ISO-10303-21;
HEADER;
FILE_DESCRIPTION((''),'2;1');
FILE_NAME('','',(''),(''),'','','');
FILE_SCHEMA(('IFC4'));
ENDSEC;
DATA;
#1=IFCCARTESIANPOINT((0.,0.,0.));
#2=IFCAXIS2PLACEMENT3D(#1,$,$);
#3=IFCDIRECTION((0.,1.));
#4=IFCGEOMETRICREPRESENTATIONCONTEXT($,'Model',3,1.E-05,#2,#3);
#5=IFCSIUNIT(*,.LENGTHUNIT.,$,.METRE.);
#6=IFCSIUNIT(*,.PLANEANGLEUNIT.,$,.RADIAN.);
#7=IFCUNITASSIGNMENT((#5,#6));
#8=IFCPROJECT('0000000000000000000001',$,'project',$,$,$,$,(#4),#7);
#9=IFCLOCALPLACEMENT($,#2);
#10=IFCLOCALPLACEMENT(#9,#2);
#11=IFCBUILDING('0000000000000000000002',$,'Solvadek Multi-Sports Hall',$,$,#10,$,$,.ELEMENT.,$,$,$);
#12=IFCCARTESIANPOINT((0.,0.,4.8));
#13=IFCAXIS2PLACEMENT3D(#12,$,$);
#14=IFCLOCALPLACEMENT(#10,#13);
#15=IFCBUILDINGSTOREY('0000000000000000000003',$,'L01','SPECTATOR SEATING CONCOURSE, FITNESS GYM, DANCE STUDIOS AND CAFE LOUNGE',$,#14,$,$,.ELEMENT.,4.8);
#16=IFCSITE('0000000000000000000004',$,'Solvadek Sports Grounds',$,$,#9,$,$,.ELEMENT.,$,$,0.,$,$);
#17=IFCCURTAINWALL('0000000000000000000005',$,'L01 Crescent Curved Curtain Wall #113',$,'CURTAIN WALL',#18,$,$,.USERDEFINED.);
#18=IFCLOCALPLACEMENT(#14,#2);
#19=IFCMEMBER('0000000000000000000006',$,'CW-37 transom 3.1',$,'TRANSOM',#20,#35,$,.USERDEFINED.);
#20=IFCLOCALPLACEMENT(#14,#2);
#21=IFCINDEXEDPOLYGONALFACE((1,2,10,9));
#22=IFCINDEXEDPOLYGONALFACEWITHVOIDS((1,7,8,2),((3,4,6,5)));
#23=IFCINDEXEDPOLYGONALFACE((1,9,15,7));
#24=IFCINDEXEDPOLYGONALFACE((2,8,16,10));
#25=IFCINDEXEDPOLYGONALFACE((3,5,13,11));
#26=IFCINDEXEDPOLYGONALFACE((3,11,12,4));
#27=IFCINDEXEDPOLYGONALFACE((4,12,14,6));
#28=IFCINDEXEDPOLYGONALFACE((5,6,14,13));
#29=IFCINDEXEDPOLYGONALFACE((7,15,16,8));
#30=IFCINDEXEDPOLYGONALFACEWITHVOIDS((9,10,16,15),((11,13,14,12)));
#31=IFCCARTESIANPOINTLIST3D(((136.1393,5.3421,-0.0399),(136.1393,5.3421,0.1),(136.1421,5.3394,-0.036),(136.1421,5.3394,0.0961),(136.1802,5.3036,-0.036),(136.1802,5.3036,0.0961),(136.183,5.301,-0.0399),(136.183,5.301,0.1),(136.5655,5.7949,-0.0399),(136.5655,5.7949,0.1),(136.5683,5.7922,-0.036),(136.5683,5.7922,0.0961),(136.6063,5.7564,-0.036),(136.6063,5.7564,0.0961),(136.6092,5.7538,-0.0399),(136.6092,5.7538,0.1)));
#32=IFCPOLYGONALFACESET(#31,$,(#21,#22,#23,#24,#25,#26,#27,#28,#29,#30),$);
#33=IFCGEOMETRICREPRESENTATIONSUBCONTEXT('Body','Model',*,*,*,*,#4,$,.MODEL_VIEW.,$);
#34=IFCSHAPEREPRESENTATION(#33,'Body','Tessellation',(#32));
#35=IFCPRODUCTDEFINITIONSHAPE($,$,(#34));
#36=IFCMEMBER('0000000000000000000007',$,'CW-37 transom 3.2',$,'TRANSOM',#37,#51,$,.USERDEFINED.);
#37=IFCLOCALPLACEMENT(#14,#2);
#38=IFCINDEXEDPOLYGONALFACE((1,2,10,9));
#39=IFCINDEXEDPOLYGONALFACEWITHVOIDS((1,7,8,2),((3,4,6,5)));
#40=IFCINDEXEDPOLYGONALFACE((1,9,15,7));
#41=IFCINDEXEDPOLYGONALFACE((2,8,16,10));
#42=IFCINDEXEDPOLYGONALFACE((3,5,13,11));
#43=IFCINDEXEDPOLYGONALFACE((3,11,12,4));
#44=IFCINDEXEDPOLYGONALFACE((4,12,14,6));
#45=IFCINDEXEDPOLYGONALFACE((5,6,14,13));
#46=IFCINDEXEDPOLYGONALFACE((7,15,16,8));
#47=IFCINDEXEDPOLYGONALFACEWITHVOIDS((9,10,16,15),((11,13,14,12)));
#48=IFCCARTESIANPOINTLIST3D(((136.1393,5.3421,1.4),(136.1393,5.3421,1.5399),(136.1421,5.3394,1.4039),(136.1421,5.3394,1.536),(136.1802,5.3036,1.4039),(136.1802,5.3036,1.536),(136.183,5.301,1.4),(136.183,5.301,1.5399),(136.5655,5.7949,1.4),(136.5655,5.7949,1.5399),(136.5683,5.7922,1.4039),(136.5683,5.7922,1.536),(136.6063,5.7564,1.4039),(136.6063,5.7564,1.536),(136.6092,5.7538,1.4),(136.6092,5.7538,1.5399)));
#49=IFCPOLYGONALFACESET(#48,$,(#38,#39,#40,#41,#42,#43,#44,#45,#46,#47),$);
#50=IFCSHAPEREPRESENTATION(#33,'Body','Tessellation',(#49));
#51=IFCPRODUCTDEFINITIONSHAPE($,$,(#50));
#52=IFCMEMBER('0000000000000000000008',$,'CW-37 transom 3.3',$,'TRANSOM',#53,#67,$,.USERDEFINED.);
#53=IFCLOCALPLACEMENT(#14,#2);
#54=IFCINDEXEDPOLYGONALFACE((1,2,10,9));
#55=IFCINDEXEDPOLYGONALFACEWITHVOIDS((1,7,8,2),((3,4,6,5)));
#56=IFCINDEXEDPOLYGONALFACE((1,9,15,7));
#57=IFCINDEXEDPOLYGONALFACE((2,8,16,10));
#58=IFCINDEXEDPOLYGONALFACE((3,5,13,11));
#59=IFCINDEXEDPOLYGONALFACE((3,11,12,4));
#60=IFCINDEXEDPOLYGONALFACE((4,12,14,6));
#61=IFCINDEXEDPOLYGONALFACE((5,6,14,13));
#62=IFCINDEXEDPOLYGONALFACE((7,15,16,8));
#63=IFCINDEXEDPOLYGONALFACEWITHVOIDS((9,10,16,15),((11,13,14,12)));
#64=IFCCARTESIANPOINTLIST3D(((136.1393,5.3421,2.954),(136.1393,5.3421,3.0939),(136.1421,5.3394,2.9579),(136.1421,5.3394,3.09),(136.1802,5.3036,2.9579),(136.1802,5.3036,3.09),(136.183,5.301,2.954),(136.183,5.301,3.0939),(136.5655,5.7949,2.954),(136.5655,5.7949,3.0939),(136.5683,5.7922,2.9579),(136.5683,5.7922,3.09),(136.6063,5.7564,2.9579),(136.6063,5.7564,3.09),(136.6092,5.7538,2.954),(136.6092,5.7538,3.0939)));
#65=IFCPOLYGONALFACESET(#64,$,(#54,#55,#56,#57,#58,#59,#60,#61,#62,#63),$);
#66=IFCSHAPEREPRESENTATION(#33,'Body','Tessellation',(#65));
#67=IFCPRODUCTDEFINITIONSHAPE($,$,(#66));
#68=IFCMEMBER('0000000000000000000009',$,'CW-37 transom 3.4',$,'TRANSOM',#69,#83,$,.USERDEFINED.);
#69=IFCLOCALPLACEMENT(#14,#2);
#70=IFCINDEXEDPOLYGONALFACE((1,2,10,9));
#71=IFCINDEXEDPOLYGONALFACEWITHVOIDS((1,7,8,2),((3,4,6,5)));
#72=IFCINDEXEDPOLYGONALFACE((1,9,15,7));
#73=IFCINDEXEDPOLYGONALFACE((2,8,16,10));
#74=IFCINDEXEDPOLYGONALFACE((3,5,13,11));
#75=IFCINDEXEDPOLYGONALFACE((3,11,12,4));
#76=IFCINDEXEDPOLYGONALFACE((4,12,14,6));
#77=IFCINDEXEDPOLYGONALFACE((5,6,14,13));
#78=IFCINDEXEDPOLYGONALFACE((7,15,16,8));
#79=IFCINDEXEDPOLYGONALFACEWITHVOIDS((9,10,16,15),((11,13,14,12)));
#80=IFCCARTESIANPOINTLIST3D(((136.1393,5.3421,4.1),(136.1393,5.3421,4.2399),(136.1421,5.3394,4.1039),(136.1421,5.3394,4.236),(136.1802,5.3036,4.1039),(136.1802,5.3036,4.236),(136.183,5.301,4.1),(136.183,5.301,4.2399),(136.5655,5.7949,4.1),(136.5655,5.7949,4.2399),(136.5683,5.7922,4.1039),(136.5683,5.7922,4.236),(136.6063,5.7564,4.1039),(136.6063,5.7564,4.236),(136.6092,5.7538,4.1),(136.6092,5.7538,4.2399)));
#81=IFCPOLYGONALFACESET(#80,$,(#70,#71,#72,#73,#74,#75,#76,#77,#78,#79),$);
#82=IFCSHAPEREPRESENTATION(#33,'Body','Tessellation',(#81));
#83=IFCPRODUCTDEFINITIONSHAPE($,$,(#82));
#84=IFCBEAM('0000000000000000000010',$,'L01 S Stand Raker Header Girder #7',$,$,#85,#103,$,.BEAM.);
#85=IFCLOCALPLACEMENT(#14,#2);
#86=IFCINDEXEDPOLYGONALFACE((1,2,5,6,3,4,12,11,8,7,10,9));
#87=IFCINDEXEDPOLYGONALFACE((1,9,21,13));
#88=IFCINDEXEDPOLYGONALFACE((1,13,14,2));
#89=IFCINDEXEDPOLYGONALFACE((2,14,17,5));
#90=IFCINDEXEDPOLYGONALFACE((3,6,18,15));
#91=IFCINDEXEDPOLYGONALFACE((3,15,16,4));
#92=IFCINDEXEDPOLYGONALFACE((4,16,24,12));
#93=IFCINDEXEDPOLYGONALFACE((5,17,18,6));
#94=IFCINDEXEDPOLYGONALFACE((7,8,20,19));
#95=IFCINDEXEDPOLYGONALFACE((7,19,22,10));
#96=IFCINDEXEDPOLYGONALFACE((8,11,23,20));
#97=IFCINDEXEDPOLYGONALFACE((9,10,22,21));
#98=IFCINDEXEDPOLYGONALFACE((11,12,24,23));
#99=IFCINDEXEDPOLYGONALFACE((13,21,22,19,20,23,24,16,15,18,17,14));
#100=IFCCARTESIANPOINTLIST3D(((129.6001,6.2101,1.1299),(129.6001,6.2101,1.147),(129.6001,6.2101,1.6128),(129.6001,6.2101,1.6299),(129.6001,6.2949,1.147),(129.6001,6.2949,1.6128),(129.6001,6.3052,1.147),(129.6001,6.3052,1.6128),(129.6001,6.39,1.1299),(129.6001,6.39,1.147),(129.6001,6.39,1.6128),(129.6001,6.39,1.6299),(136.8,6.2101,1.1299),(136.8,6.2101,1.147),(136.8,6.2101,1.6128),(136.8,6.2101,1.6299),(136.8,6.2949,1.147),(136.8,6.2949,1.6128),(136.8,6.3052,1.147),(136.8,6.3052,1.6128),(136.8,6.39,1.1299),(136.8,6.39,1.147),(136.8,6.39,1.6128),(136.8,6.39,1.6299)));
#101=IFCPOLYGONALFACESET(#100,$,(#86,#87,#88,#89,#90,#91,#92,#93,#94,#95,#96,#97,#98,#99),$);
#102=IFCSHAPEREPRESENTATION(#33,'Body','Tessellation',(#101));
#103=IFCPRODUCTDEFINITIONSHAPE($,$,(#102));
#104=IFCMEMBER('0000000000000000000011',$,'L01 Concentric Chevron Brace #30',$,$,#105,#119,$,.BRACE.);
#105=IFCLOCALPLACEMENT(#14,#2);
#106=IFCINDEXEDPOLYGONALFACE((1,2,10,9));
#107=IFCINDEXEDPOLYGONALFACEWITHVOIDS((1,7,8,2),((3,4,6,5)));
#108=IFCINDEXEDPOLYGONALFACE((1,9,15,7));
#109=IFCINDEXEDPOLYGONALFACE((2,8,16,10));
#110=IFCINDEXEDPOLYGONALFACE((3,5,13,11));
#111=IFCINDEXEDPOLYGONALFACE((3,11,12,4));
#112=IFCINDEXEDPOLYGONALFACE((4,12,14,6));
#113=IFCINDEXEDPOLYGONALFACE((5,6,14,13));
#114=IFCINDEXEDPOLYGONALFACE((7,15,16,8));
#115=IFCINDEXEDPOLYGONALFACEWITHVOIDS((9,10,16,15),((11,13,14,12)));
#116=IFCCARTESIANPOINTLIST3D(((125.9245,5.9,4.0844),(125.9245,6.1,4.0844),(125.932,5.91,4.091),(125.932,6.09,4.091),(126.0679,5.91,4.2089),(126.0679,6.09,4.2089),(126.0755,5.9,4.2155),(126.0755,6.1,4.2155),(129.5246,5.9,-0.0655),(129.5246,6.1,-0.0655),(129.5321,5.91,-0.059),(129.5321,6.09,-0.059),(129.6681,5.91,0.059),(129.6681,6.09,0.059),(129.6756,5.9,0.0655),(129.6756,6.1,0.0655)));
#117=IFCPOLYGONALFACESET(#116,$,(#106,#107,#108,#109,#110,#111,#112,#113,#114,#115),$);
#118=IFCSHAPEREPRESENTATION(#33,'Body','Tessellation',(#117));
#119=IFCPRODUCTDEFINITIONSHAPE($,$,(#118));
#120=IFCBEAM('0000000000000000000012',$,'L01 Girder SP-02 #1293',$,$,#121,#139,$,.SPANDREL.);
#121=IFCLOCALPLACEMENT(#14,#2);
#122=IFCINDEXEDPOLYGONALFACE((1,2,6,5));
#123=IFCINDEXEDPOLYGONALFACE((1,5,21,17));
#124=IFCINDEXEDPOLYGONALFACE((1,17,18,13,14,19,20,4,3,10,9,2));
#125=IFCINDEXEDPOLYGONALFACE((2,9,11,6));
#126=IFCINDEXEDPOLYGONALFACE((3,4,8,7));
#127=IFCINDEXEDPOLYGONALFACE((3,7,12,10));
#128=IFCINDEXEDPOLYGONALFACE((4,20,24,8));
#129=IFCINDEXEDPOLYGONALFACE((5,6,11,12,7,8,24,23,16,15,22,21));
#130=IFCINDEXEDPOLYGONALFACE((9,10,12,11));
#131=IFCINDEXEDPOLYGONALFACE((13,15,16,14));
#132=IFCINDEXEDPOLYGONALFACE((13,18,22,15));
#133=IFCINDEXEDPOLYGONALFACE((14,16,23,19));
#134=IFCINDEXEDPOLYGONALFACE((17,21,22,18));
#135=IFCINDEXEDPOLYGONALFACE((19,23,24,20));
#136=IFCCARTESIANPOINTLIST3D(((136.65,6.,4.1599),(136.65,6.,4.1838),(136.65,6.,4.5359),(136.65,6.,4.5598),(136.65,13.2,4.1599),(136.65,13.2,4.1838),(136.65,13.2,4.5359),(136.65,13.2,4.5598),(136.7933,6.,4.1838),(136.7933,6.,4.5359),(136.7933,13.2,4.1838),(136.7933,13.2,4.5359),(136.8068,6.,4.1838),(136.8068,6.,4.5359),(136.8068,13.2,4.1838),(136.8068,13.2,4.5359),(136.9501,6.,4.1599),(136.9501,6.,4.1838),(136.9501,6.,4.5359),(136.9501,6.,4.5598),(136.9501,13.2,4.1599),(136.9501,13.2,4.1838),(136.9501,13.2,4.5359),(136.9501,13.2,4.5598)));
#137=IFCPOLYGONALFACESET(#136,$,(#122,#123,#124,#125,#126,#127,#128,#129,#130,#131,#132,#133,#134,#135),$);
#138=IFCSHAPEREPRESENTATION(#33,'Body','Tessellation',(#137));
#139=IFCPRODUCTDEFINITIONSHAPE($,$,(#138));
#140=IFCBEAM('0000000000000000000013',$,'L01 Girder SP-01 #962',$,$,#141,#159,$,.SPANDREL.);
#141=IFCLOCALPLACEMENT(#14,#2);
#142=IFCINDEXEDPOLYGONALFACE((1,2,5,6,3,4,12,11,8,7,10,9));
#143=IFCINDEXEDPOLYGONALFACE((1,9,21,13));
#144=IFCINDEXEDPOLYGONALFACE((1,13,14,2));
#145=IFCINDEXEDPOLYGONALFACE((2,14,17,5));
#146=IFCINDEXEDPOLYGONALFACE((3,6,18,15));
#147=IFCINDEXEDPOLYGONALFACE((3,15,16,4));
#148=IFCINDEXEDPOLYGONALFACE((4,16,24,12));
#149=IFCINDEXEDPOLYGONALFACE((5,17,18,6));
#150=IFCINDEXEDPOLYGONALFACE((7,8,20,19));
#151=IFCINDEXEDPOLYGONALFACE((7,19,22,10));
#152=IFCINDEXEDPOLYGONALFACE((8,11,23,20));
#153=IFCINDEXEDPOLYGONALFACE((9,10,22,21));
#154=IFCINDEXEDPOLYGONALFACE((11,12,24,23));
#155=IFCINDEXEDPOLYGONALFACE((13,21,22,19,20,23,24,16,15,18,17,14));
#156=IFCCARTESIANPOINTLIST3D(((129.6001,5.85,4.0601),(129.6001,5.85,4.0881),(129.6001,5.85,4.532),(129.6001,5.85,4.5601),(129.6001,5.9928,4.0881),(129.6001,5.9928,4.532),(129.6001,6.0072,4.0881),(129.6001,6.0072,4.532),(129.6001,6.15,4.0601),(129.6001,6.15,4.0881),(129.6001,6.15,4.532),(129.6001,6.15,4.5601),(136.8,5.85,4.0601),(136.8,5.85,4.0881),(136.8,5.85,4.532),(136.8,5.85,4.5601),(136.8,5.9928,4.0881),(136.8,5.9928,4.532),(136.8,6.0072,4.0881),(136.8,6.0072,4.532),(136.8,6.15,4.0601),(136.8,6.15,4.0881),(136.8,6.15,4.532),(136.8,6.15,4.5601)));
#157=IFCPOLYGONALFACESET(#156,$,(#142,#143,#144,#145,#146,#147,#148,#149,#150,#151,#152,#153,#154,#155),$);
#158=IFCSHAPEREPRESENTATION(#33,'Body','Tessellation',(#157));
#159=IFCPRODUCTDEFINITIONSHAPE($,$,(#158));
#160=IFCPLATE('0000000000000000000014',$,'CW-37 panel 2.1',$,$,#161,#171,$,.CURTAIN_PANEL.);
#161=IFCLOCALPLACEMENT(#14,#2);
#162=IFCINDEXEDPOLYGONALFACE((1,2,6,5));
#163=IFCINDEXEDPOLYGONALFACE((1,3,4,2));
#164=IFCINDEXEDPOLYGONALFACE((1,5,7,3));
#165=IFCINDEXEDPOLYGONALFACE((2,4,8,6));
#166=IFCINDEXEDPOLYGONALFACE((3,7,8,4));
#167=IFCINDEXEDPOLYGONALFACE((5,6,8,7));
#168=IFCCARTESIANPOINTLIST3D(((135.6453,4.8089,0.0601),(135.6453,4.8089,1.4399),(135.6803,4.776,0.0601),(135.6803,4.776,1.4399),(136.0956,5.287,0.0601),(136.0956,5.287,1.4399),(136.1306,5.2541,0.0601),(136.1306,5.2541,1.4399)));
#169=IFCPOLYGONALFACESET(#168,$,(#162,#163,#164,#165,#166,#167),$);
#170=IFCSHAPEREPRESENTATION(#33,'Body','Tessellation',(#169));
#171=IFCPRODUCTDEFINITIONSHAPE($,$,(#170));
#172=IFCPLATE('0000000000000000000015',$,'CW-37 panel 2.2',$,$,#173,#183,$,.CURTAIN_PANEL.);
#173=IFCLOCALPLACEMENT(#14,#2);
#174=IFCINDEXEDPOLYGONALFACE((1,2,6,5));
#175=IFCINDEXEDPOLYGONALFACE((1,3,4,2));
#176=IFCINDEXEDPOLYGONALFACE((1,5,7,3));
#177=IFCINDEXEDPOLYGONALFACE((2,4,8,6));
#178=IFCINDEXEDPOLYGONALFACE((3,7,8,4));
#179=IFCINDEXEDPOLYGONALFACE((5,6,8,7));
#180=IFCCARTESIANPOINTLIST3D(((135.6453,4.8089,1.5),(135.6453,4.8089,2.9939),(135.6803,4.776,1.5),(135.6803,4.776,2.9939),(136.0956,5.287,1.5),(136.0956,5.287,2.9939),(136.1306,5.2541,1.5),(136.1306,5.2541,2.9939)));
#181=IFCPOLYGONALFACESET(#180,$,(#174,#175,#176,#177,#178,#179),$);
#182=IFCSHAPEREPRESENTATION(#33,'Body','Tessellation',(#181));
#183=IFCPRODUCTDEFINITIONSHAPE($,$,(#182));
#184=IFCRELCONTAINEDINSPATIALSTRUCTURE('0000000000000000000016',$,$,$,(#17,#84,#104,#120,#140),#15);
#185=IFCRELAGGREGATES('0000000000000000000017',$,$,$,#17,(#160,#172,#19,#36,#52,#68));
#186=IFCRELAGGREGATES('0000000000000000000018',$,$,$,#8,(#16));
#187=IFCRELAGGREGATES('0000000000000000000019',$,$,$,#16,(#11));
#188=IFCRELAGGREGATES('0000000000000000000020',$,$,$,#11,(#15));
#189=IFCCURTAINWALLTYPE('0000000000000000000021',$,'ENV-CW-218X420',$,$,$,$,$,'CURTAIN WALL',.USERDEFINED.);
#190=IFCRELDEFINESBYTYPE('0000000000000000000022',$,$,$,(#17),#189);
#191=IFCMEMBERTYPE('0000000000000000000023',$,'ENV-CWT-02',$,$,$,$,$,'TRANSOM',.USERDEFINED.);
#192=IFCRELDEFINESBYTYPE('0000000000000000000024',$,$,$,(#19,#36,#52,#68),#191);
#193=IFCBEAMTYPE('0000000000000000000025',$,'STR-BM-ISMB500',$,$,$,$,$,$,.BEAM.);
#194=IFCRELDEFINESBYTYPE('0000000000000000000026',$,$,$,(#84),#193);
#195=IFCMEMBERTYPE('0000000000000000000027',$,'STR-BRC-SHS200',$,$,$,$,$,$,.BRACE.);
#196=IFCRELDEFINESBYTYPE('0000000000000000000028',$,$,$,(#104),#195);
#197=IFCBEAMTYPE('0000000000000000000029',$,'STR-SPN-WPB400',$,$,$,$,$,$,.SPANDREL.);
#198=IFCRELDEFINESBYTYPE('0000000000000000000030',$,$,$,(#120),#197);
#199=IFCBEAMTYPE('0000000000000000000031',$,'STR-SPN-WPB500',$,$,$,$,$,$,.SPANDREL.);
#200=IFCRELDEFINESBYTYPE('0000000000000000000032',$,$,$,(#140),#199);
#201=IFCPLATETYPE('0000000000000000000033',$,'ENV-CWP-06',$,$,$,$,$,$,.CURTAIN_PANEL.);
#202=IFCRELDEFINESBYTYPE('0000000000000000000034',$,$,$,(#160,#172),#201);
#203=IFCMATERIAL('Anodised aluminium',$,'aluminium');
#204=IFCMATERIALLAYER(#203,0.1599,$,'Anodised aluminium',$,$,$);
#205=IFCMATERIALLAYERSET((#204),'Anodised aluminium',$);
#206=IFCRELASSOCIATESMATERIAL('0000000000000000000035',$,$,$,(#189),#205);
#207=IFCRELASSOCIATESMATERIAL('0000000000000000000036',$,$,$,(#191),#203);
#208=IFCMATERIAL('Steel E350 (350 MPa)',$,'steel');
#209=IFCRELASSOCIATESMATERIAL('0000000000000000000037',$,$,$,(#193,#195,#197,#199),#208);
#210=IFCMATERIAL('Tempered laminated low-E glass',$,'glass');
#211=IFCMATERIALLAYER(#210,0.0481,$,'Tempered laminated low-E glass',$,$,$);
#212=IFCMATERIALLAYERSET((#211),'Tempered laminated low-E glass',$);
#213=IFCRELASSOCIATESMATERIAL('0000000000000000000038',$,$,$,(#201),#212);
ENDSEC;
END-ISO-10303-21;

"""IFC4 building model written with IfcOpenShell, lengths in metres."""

from ifc_helpers import new_model, si_unit, direction, frame, origin, origin_2d, place, context, subcontext, project, spatial, rectangle, hollow_rectangle, i_section, extrude, material, layer, layer_set, material_profile, profile_set, type_object, element, aggregate, save


model = new_model("IFC4")

# Units and contexts
model_context = context("Model", 3, precision=1e-05, world=origin(), true_north=direction((0.0, 1.0)))
body_context = subcontext(model_context, "Body", "Model", "MODEL_VIEW")
ifc_project = project(units=[si_unit("LENGTHUNIT", "METRE"), si_unit("PLANEANGLEUNIT", "RADIAN")], contexts=[model_context])

# Site, building, storey
site_placement = place(None, origin())
site = spatial("IfcSite", under=ifc_project, at=site_placement, Name="Solvadek Sports Grounds", CompositionType="ELEMENT", RefElevation=0.0)
building_placement = place(site_placement, origin())
building = spatial("IfcBuilding", under=site, at=building_placement, Name="Solvadek Multi-Sports Hall", CompositionType="ELEMENT")
storey_placement = place(building_placement, frame((0.0, 0.0, 4.8)))
storey = spatial("IfcBuildingStorey", under=building, at=storey_placement, Name="L01", Description="SPECTATOR SEATING CONCOURSE, FITNESS GYM, DANCE STUDIOS AND CAFE LOUNGE", CompositionType="ELEMENT", Elevation=4.8)

# Shared definitions
ifc_material_1 = material(Name="Steel E350 (350 MPa)", Category="steel")

# Curtain wall, members
ifc_material_2 = material(Name="Anodised aluminium", Category="aluminium")
ifc_layer_1 = layer(ifc_material_2, 0.1599, Name="Anodised aluminium")
ifc_layer_set_1 = layer_set([ifc_layer_1], Name="Anodised aluminium")
curtain_wall_type = type_object("IfcCurtainWallType", Name="ENV-CW-218X420", ElementType="CURTAIN WALL", PredefinedType="USERDEFINED", material=ifc_layer_set_1)
curtain_wall_placement = place(storey_placement, origin())
curtain_wall = element("IfcCurtainWall", 1, at=curtain_wall_placement, inside=storey, type_object=curtain_wall_type, Name="L01 Crescent Curved Curtain Wall #113", ObjectType="CURTAIN WALL", PredefinedType="USERDEFINED")
ifc_material_profile_1 = material_profile(ifc_material_2, hollow_rectangle(XDim=0.0601, YDim=0.1399, WallThickness=0.0039, at=origin_2d()), Name="ALU-T 140x60x4")
ifc_profile_set_1 = profile_set([ifc_material_profile_1], Name="Anodised aluminium")
member_type_1 = type_object("IfcMemberType", Name="ENV-CWT-02", ElementType="TRANSOM", PredefinedType="USERDEFINED", material=ifc_profile_set_1)
member_1_placement = place(storey_placement, frame((136.1611, 5.3215, 0.03), z_axis=(0.685389, 0.728177, 0.0), x_axis=(-0.728177, 0.685389, 0.0)))
member_1 = element("IfcMember", 2, at=member_1_placement, type_object=member_type_1, Name="CW-37 transom 3.1", ObjectType="TRANSOM", PredefinedType="USERDEFINED", context=body_context, shape_type="SweptSolid", body=[
    extrude(hollow_rectangle(XDim=0.0601, YDim=0.1399, WallThickness=0.0039, at=origin_2d()), origin(), (0.0, 0.0, 1.0), 0.6218),
])
member_2_placement = place(storey_placement, frame((136.1611, 5.3215, 1.47), z_axis=(0.685389, 0.728177, 0.0), x_axis=(-0.728177, 0.685389, 0.0)))
member_2 = element("IfcMember", 3, at=member_2_placement, type_object=member_type_1, Name="CW-37 transom 3.2", ObjectType="TRANSOM", PredefinedType="USERDEFINED", context=body_context, shape_type="SweptSolid", body=[
    extrude(hollow_rectangle(XDim=0.0601, YDim=0.1399, WallThickness=0.0039, at=origin_2d()), origin(), (0.0, 0.0, 1.0), 0.6218),
])
member_3_placement = place(storey_placement, frame((136.1611, 5.3215, 3.0239), z_axis=(0.685389, 0.728177, 0.0), x_axis=(-0.728177, 0.685389, 0.0)))
member_3 = element("IfcMember", 4, at=member_3_placement, type_object=member_type_1, Name="CW-37 transom 3.3", ObjectType="TRANSOM", PredefinedType="USERDEFINED", context=body_context, shape_type="SweptSolid", body=[
    extrude(hollow_rectangle(XDim=0.0601, YDim=0.1399, WallThickness=0.0039, at=origin_2d()), origin(), (0.0, 0.0, 1.0), 0.6218),
])
member_4_placement = place(storey_placement, frame((136.1611, 5.3215, 4.1699), z_axis=(0.685389, 0.728177, 0.0), x_axis=(-0.728177, 0.685389, 0.0)))
member_4 = element("IfcMember", 5, at=member_4_placement, type_object=member_type_1, Name="CW-37 transom 3.4", ObjectType="TRANSOM", PredefinedType="USERDEFINED", context=body_context, shape_type="SweptSolid", body=[
    extrude(hollow_rectangle(XDim=0.0601, YDim=0.1399, WallThickness=0.0039, at=origin_2d()), origin(), (0.0, 0.0, 1.0), 0.6218),
])

# Beam
ifc_material_profile_2 = material_profile(ifc_material_1, i_section(OverallWidth=0.1799, OverallDepth=0.5, WebThickness=0.0103, FlangeThickness=0.0171, at=origin_2d()), Name="ISMB 500")
ifc_profile_set_2 = profile_set([ifc_material_profile_2], Name="Steel E350 (350 MPa)")
beam_type_1 = type_object("IfcBeamType", Name="STR-BM-ISMB500", PredefinedType="BEAM", material=ifc_profile_set_2)
beam_1_placement = place(storey_placement, frame((129.6001, 6.3, 1.3799), z_axis=(1.0, 0.0, 0.0), x_axis=(0.0, 1.0, 0.0)))
element("IfcBeam", 6, at=beam_1_placement, inside=storey, type_object=beam_type_1, Name="L01 S Stand Raker Header Girder #7", PredefinedType="BEAM", context=body_context, shape_type="SweptSolid", body=[
    extrude(i_section(OverallWidth=0.1799, OverallDepth=0.5, WebThickness=0.0103, FlangeThickness=0.0171, at=origin_2d()), origin(), (0.0, 0.0, 1.0), 7.2),
])

# Member
ifc_material_profile_3 = material_profile(ifc_material_1, hollow_rectangle(XDim=0.2, YDim=0.2, WallThickness=0.01, at=origin_2d()), Name="SHS 200x200x10")
ifc_profile_set_3 = profile_set([ifc_material_profile_3], Name="Steel E350 (350 MPa)")
member_type_2 = type_object("IfcMemberType", Name="STR-BRC-SHS200", PredefinedType="BRACE", material=ifc_profile_set_3)
member_5_placement = place(storey_placement, frame((129.6001, 6.0, 0.0), z_axis=(-0.655296, 0.0, 0.755372), x_axis=(0.0, -1.0, 0.0)))
element("IfcMember", 7, at=member_5_placement, inside=storey, type_object=member_type_2, Name="L01 Concentric Chevron Brace #30", PredefinedType="BRACE", context=body_context, shape_type="SweptSolid", body=[
    extrude(hollow_rectangle(XDim=0.2, YDim=0.2, WallThickness=0.01, at=origin_2d()), origin(), (0.0, 0.0, 1.0), 5.4939),
])

# Beams
ifc_material_profile_4 = material_profile(ifc_material_1, i_section(OverallWidth=0.3, OverallDepth=0.3999, WebThickness=0.0134, FlangeThickness=0.0239, at=origin_2d()), Name="WPB 400")
ifc_profile_set_4 = profile_set([ifc_material_profile_4], Name="Steel E350 (350 MPa)")
beam_type_2 = type_object("IfcBeamType", Name="STR-SPN-WPB400", PredefinedType="SPANDREL", material=ifc_profile_set_4)
beam_2_placement = place(storey_placement, frame((136.8, 6.0, 4.3599), z_axis=(0.0, 1.0, 0.0), x_axis=(-1.0, 0.0, 0.0)))
element("IfcBeam", 8, at=beam_2_placement, inside=storey, type_object=beam_type_2, Name="L01 Girder SP-02 #1293", PredefinedType="SPANDREL", context=body_context, shape_type="SweptSolid", body=[
    extrude(i_section(OverallWidth=0.3, OverallDepth=0.3999, WebThickness=0.0134, FlangeThickness=0.0239, at=origin_2d()), origin(), (0.0, 0.0, 1.0), 7.2),
])
ifc_material_profile_5 = material_profile(ifc_material_1, i_section(OverallWidth=0.3, OverallDepth=0.5, WebThickness=0.0144, FlangeThickness=0.0281, at=origin_2d()), Name="WPB 500")
ifc_profile_set_5 = profile_set([ifc_material_profile_5], Name="Steel E350 (350 MPa)")
beam_type_3 = type_object("IfcBeamType", Name="STR-SPN-WPB500", PredefinedType="SPANDREL", material=ifc_profile_set_5)
beam_3_placement = place(storey_placement, frame((129.6001, 6.0, 4.3101), z_axis=(1.0, 0.0, 0.0), x_axis=(0.0, 1.0, 0.0)))
element("IfcBeam", 9, at=beam_3_placement, inside=storey, type_object=beam_type_3, Name="L01 Girder SP-01 #962", PredefinedType="SPANDREL", context=body_context, shape_type="SweptSolid", body=[
    extrude(i_section(OverallWidth=0.3, OverallDepth=0.5, WebThickness=0.0144, FlangeThickness=0.0281, at=origin_2d()), origin(), (0.0, 0.0, 1.0), 7.2),
])

# Plates
ifc_material_3 = material(Name="Tempered laminated low-E glass", Category="glass")
ifc_layer_2 = layer(ifc_material_3, 0.0481, Name="Tempered laminated low-E glass")
ifc_layer_set_2 = layer_set([ifc_layer_2], Name="Tempered laminated low-E glass")
plate_type_1 = type_object("IfcPlateType", Name="ENV-CWP-06", PredefinedType="CURTAIN_PANEL", material=ifc_layer_set_2)
plate_1_placement = place(storey_placement, frame((135.8879, 5.0315, 0.0601), z_axis=(0.0, 0.0, 1.0), x_axis=(0.685578, 0.727999, 0.0)))
plate_1 = element("IfcPlate", 10, at=plate_1_placement, type_object=plate_type_1, Name="CW-37 panel 2.1", PredefinedType="CURTAIN_PANEL", context=body_context, shape_type="SweptSolid", body=[
    extrude(rectangle(XDim=0.6567, YDim=0.0481, at=origin_2d()), origin(), (0.0, 0.0, 1.0), 1.3799),
])
plate_2_placement = place(storey_placement, frame((135.8879, 5.0315, 1.5), z_axis=(0.0, 0.0, 1.0), x_axis=(0.685578, 0.727999, 0.0)))
plate_2 = element("IfcPlate", 11, at=plate_2_placement, type_object=plate_type_1, Name="CW-37 panel 2.2", PredefinedType="CURTAIN_PANEL", context=body_context, shape_type="SweptSolid", body=[
    extrude(rectangle(XDim=0.6567, YDim=0.0481, at=origin_2d()), origin(), (0.0, 0.0, 1.0), 1.4939),
])
aggregate(curtain_wall, [plate_1, plate_2, member_1, member_2, member_3, member_4])

save(model, "model.ifc")
